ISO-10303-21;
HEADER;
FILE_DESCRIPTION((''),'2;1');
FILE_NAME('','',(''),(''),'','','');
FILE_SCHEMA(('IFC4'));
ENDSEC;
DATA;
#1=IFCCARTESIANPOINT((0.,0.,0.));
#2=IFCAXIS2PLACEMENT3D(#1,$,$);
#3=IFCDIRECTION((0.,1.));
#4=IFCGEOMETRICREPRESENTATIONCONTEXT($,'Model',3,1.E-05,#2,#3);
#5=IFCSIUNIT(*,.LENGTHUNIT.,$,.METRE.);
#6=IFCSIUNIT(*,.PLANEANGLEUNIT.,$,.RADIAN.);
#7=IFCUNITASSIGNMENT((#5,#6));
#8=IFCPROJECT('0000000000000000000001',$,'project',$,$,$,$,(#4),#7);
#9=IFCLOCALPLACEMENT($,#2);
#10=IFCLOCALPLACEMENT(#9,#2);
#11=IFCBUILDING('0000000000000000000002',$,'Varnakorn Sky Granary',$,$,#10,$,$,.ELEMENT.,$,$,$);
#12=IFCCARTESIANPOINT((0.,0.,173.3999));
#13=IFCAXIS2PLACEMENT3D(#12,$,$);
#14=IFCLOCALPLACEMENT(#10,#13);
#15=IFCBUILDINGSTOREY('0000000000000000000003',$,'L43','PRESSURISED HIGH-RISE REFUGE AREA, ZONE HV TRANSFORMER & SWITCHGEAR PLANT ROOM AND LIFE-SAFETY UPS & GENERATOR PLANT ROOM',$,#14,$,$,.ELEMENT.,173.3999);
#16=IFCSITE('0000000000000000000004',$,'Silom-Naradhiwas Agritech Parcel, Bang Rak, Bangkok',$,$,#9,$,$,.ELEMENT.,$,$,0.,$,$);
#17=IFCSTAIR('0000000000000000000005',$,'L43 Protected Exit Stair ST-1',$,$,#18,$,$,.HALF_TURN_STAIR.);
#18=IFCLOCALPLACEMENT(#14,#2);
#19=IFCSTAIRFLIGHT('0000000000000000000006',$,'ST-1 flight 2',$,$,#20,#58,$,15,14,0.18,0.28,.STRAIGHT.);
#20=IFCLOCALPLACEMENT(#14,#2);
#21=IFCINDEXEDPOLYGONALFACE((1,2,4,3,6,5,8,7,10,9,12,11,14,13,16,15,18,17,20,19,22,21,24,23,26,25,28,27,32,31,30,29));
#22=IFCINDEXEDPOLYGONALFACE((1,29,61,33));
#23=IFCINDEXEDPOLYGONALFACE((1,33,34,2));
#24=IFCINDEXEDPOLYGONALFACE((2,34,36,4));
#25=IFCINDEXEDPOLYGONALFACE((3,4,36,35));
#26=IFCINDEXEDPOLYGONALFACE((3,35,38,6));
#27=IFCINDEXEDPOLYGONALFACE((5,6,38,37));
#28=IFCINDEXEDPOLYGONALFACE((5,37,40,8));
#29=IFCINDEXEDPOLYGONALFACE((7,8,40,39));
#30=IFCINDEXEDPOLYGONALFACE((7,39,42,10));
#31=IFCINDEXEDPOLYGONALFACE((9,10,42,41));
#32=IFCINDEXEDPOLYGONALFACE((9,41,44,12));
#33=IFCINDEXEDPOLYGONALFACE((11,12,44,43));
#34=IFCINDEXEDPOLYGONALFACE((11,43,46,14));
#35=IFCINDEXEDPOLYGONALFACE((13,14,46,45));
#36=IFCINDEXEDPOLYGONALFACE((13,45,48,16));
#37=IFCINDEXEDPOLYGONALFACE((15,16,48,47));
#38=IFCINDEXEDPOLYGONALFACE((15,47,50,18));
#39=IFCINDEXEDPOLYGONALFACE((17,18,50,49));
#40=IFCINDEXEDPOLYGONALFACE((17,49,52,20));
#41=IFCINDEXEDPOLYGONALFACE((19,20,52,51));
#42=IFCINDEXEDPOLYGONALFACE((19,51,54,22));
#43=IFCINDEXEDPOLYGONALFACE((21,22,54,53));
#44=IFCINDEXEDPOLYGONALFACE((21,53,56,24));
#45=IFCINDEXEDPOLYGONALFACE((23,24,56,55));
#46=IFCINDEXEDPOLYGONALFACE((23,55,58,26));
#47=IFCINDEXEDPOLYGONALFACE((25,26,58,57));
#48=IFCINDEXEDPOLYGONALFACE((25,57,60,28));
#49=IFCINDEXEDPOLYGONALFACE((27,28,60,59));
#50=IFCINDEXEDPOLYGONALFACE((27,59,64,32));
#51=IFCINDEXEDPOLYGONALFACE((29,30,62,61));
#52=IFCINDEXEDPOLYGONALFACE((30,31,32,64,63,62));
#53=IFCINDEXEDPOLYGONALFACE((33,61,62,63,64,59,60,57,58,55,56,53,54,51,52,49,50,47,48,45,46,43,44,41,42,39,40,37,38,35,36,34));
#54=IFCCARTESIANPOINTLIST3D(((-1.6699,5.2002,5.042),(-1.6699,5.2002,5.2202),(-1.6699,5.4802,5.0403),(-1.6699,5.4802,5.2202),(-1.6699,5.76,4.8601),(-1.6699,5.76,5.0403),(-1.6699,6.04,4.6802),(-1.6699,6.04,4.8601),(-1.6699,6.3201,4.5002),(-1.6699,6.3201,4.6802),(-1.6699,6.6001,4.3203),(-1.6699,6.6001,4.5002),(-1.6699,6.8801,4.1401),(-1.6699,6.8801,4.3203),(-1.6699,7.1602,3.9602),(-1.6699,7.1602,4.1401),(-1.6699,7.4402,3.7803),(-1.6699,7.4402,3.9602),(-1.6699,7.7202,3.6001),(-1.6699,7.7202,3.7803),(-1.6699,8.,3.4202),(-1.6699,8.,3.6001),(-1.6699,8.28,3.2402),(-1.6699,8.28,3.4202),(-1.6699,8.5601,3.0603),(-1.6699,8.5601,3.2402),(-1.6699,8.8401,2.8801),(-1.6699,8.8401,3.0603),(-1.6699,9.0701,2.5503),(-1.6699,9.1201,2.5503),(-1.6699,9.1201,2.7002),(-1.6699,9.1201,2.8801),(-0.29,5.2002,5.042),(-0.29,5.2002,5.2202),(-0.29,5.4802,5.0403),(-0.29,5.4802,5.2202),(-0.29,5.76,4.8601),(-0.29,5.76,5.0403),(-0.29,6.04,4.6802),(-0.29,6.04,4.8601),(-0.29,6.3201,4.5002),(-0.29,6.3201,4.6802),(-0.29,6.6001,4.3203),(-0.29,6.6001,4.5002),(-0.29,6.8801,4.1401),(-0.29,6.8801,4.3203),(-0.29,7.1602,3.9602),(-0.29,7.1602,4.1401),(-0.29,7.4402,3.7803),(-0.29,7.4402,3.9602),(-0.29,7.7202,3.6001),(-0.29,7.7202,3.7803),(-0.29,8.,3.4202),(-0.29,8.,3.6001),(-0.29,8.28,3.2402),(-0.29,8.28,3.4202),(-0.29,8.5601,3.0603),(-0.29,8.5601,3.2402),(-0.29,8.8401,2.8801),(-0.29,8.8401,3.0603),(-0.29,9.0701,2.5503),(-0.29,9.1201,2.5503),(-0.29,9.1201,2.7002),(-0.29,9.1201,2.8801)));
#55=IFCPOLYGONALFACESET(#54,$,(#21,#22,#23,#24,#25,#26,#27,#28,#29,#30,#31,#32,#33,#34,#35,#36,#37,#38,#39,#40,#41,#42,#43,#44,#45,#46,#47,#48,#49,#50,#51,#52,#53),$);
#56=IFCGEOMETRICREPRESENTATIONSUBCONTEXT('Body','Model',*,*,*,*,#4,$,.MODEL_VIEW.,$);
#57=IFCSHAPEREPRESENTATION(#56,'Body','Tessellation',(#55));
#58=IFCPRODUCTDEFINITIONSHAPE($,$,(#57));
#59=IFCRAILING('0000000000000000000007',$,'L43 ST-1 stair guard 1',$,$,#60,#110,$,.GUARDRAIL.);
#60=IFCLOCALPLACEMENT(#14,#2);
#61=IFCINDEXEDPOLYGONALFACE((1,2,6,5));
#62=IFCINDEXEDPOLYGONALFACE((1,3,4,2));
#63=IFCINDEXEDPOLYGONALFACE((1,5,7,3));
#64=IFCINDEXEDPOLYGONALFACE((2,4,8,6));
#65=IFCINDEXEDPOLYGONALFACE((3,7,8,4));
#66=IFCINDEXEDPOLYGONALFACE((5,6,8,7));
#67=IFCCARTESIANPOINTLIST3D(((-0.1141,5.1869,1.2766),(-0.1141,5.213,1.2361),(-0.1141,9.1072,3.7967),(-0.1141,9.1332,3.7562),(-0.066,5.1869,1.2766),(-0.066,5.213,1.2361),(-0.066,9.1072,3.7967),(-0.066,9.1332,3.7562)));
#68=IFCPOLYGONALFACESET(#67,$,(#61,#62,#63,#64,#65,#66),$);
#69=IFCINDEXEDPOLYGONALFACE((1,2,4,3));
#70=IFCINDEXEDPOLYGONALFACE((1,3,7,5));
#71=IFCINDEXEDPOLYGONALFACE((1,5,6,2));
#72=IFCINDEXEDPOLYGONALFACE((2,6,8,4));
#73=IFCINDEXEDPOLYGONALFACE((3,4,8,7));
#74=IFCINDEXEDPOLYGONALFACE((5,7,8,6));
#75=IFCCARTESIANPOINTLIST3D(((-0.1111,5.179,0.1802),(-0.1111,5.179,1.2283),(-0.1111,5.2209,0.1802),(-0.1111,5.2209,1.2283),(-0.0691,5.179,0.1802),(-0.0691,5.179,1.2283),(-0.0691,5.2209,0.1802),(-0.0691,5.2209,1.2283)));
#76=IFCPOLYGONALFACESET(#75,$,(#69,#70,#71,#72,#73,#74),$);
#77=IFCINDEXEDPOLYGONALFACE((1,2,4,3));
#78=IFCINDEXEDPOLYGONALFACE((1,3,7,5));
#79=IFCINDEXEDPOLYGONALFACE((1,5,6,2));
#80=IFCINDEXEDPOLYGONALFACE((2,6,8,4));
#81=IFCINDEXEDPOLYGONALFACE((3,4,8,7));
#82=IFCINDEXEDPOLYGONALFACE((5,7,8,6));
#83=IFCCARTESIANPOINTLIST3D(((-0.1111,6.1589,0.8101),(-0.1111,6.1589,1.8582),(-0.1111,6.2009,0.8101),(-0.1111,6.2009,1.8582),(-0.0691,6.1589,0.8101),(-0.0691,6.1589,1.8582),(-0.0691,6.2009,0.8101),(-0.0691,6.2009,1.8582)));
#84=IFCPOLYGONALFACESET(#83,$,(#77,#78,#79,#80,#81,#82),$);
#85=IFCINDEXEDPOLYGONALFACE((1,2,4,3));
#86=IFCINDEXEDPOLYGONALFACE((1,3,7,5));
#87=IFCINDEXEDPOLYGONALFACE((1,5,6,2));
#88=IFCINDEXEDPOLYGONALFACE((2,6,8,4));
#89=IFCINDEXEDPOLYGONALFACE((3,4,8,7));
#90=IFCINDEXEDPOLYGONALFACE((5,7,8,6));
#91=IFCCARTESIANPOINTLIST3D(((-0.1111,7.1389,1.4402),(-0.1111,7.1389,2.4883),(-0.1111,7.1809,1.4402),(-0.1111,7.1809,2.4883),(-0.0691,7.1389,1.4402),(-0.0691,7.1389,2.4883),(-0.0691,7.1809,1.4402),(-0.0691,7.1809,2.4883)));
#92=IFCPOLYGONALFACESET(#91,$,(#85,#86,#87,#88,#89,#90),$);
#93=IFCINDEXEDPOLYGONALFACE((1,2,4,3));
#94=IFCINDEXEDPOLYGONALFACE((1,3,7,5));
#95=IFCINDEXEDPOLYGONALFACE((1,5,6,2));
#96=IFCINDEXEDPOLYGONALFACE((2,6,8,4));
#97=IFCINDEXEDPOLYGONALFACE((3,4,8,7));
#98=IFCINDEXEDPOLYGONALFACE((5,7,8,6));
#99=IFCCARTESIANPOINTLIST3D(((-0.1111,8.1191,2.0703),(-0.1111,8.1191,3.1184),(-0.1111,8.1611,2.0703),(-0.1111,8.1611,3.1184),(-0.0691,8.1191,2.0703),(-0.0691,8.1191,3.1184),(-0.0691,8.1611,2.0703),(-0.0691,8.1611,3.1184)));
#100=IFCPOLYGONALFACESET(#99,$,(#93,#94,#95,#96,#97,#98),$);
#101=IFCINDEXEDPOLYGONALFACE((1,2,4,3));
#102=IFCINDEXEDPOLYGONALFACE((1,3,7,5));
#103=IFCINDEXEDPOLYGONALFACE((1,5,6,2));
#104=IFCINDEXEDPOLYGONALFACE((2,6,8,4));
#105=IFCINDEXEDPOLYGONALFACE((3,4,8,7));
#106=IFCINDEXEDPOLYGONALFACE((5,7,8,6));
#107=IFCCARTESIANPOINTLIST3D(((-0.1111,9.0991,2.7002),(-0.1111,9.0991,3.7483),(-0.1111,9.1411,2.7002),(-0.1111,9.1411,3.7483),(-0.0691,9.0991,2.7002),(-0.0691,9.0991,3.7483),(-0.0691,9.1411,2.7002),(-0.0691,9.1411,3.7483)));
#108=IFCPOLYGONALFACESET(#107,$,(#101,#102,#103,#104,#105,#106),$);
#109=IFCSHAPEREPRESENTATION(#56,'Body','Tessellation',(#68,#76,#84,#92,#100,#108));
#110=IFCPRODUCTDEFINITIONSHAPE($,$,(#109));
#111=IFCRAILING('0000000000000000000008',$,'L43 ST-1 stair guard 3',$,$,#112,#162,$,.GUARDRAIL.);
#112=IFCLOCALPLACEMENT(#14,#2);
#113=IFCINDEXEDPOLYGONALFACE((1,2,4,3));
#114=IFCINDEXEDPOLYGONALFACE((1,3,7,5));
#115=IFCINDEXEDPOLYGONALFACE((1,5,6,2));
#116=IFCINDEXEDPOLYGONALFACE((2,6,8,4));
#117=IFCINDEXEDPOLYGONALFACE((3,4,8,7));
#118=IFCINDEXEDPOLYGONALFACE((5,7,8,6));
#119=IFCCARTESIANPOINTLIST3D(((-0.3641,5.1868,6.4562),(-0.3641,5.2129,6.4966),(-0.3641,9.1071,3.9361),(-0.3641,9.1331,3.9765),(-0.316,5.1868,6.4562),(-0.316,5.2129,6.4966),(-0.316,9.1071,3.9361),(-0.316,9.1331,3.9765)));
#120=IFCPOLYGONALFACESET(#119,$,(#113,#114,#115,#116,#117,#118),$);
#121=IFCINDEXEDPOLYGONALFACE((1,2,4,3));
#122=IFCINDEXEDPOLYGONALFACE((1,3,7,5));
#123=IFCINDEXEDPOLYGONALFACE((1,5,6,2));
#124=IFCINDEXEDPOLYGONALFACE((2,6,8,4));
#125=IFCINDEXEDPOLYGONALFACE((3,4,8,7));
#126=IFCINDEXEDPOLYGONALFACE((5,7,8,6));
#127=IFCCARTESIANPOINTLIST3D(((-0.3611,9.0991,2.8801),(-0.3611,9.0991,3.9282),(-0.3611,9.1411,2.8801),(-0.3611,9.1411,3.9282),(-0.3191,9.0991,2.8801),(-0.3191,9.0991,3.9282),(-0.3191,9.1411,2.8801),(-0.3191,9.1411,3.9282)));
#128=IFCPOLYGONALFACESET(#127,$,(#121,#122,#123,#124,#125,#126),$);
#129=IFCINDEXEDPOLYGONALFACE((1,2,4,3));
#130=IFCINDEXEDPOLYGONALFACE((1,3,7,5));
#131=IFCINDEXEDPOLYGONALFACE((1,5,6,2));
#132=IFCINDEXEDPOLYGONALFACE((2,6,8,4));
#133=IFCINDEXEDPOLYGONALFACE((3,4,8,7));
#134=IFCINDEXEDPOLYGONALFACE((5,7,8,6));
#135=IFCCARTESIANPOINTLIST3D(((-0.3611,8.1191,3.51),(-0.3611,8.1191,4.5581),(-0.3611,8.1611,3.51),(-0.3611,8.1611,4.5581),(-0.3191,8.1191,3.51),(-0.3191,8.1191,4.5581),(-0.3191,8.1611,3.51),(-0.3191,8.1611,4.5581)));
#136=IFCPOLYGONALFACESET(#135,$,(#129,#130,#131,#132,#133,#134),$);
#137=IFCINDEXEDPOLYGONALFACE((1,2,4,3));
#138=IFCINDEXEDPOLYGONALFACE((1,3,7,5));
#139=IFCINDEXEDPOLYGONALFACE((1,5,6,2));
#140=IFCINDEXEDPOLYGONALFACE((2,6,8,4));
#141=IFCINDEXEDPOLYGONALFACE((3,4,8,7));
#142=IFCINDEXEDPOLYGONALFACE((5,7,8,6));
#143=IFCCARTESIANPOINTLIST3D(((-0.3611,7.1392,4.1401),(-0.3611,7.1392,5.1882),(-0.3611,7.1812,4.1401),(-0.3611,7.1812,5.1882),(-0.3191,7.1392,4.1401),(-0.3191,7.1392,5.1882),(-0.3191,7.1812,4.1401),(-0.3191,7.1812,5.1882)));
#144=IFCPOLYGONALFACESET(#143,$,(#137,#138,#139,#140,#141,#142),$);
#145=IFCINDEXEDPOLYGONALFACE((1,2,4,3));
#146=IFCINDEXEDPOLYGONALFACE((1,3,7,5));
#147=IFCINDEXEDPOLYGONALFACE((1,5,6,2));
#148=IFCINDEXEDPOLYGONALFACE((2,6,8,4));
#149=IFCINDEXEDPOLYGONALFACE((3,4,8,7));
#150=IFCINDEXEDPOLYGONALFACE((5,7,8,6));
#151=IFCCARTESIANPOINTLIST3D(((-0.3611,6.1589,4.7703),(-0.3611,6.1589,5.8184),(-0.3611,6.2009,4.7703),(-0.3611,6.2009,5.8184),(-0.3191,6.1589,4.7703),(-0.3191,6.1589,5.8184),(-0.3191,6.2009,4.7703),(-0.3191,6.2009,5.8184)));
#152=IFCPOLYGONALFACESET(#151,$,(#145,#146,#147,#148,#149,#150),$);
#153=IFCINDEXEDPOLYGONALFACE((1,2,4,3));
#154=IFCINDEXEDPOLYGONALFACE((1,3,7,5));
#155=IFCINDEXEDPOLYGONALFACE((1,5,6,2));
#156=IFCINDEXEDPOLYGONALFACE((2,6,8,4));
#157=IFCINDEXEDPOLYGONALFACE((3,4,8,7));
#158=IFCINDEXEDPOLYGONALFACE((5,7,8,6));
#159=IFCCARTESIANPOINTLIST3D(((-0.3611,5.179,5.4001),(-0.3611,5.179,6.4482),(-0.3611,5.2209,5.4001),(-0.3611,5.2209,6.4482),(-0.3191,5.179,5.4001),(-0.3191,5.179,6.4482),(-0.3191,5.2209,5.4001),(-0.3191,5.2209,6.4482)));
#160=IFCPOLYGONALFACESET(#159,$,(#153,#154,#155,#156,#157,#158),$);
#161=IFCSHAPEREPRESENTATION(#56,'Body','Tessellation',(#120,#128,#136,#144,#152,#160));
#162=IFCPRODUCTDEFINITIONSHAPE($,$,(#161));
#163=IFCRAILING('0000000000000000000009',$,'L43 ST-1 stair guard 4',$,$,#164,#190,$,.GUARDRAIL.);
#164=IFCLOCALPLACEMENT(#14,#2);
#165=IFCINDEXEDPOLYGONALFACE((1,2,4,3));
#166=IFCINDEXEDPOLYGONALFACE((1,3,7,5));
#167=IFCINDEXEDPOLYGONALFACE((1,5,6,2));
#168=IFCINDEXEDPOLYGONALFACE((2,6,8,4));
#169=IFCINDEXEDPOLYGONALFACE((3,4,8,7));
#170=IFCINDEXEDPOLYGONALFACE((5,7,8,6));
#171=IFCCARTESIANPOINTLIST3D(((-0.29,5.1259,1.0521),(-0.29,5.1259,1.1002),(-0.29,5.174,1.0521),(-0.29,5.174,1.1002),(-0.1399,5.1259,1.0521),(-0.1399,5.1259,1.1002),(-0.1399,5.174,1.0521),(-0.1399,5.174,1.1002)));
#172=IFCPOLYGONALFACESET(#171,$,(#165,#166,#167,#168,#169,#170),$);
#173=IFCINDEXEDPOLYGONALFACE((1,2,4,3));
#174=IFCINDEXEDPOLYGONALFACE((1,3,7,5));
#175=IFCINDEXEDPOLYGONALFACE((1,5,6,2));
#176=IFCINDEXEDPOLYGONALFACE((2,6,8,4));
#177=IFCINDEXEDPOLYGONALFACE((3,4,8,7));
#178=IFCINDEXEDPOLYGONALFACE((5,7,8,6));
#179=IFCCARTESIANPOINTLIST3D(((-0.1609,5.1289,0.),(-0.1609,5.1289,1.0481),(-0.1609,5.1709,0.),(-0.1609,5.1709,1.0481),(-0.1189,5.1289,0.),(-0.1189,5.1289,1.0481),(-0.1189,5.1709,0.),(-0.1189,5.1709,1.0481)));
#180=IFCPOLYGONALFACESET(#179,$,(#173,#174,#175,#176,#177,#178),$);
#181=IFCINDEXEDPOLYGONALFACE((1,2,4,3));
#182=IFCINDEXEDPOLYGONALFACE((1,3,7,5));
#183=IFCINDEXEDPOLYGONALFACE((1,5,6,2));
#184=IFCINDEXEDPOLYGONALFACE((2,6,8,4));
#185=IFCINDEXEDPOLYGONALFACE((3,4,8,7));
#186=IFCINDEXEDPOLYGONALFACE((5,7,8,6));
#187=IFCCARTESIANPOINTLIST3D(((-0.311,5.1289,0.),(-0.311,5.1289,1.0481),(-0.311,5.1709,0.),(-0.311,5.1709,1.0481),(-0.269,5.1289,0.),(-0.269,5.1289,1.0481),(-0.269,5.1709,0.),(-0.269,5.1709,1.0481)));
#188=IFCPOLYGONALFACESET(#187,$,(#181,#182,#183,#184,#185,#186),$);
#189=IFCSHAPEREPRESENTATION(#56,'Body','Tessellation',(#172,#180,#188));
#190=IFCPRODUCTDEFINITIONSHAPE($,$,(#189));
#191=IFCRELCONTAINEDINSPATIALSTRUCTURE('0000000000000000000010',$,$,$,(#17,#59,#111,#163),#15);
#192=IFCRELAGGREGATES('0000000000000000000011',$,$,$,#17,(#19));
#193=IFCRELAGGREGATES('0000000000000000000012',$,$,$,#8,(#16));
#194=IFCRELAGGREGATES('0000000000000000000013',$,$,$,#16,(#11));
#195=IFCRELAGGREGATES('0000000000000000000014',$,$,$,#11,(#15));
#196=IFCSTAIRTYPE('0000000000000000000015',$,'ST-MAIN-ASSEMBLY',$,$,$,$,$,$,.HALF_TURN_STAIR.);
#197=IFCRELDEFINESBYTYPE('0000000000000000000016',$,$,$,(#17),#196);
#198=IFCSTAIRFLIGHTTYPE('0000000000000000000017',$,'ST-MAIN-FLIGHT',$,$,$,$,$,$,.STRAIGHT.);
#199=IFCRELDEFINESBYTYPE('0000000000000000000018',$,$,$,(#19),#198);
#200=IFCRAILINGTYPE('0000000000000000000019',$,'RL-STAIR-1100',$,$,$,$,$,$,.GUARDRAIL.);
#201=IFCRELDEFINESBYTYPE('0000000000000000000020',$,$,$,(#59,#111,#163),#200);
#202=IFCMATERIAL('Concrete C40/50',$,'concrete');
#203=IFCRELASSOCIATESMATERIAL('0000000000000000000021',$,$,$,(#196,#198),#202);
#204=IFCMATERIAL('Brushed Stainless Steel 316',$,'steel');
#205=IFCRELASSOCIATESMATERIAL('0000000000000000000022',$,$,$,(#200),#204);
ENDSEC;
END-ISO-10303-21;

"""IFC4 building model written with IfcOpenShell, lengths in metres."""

from ifc_helpers import new_model, si_unit, direction, frame, origin, origin_2d, place, context, subcontext, project, spatial, polyline, rectangle, outline, extrude, material, type_object, element, aggregate, save


model = new_model("IFC4")

# Units and contexts
model_context = context("Model", 3, precision=1e-05, world=origin(), true_north=direction((0.0, 1.0)))
body_context = subcontext(model_context, "Body", "Model", "MODEL_VIEW")
ifc_project = project(units=[si_unit("LENGTHUNIT", "METRE"), si_unit("PLANEANGLEUNIT", "RADIAN")], contexts=[model_context])

# Site, building, storey
site_placement = place(None, origin())
site = spatial("IfcSite", under=ifc_project, at=site_placement, Name="Silom-Naradhiwas Agritech Parcel, Bang Rak, Bangkok", CompositionType="ELEMENT", RefElevation=0.0)
building_placement = place(site_placement, origin())
building = spatial("IfcBuilding", under=site, at=building_placement, Name="Varnakorn Sky Granary", CompositionType="ELEMENT")
storey_placement = place(building_placement, frame((0.0, 0.0, 173.3999)))
storey = spatial("IfcBuildingStorey", under=building, at=storey_placement, Name="L43", Description="PRESSURISED HIGH-RISE REFUGE AREA, ZONE HV TRANSFORMER & SWITCHGEAR PLANT ROOM AND LIFE-SAFETY UPS & GENERATOR PLANT ROOM", CompositionType="ELEMENT", Elevation=173.3999)

# Stair, stair flight
ifc_material_1 = material(Name="Concrete C40/50", Category="concrete")
stair_type = type_object("IfcStairType", Name="ST-MAIN-ASSEMBLY", PredefinedType="HALF_TURN_STAIR", material=ifc_material_1)
stair_placement = place(storey_placement, origin())
stair = element("IfcStair", 1, at=stair_placement, inside=storey, type_object=stair_type, Name="L43 Protected Exit Stair ST-1", PredefinedType="HALF_TURN_STAIR")
stair_flight_type = type_object("IfcStairFlightType", Name="ST-MAIN-FLIGHT", PredefinedType="STRAIGHT", material=ifc_material_1)
stair_flight_1_placement = place(storey_placement, frame((-0.98, 9.1201, 2.7002), z_axis=(0.0, 0.0, 1.0), x_axis=(0.0, -1.0, 0.0)))
stair_flight_1 = element("IfcStairFlight", 2, at=stair_flight_1_placement, type_object=stair_flight_type, Name="ST-1 flight 2", NumberOfRisers=15, NumberOfTreads=14, PredefinedType="STRAIGHT", RiserHeight=0.18, TreadLength=0.28, context=body_context, shape_type="SweptSolid", body=[
    extrude(outline(polyline([(0.0, -0.1499), (0.0, 0.0), (0.0, 0.1799), (0.28, 0.1799), (0.28, 0.3601), (0.5601, 0.3601), (0.5601, 0.54), (0.8401, 0.54), (0.8401, 0.72), (1.1201, 0.72), (1.1201, 0.8999), (1.3999, 0.8999), (1.3999, 1.0801), (1.6799, 1.0801), (1.6799, 1.26), (1.96, 1.26), (1.96, 1.4399), (2.24, 1.4399), (2.24, 1.6201), (2.52, 1.6201), (2.52, 1.8), (2.8, 1.8), (2.8, 1.98), (3.0801, 1.98), (3.0801, 2.1599), (3.3601, 2.1599), (3.3601, 2.3401), (3.6399, 2.3401), (3.6399, 2.52), (3.9199, 2.52), (3.9199, 2.7), (3.9199, 2.3418), (0.05, -0.1499), (0.0, -0.1499)])), frame((0.0, 0.6899, 0.0), z_axis=(0.0, -1.0, 0.0), x_axis=(1.0, 0.0, 0.0)), (0.0, 0.0, 1.0), 1.3799),
])
aggregate(stair, [stair_flight_1])

# Railings
ifc_material_2 = material(Name="Brushed Stainless Steel 316", Category="steel")
railing_type_1 = type_object("IfcRailingType", Name="RL-STAIR-1100", PredefinedType="GUARDRAIL", material=ifc_material_2)
railing_1_placement = place(storey_placement, frame((-0.0901, 5.2, 0.1802)))
element("IfcRailing", 3, at=railing_1_placement, inside=storey, type_object=railing_type_1, Name="L43 ST-1 stair guard 1", PredefinedType="GUARDRAIL", context=body_context, shape_type="SweptSolid", body=[
    extrude(rectangle(XDim=0.0481, YDim=0.0481, at=origin_2d()), frame((0.0, 0.0, 1.0762), z_axis=(0.0, 0.841187, 0.540744), x_axis=(-1.0, 0.0, 0.0)), (0.0, 0.0, 1.0), 4.6604),
    extrude(rectangle(XDim=0.042, YDim=0.042, at=origin_2d()), origin(), (0.0, 0.0, 1.0), 1.0481),
    extrude(rectangle(XDim=0.042, YDim=0.042, at=origin_2d()), frame((0.0, 0.98, 0.6299)), (0.0, 0.0, 1.0), 1.0481),
    extrude(rectangle(XDim=0.042, YDim=0.042, at=origin_2d()), frame((0.0, 1.96, 1.26)), (0.0, 0.0, 1.0), 1.0481),
    extrude(rectangle(XDim=0.042, YDim=0.042, at=origin_2d()), frame((0.0, 2.9402, 1.8901)), (0.0, 0.0, 1.0), 1.0481),
    extrude(rectangle(XDim=0.042, YDim=0.042, at=origin_2d()), frame((0.0, 3.9202, 2.52)), (0.0, 0.0, 1.0), 1.0481),
])
railing_2_placement = place(storey_placement, frame((-0.3401, 9.1201, 2.8801)))
element("IfcRailing", 4, at=railing_2_placement, inside=storey, type_object=railing_type_1, Name="L43 ST-1 stair guard 3", PredefinedType="GUARDRAIL", context=body_context, shape_type="SweptSolid", body=[
    extrude(rectangle(XDim=0.0481, YDim=0.0481, at=origin_2d()), frame((0.0, 0.0, 1.0762), z_axis=(0.0, -0.841187, 0.540744), x_axis=(1.0, 0.0, 0.0)), (0.0, 0.0, 1.0), 4.6604),
    extrude(rectangle(XDim=0.042, YDim=0.042, at=origin_2d()), origin(), (0.0, 0.0, 1.0), 1.0481),
    extrude(rectangle(XDim=0.042, YDim=0.042, at=origin_2d()), frame((0.0, -0.98, 0.6299)), (0.0, 0.0, 1.0), 1.0481),
    extrude(rectangle(XDim=0.042, YDim=0.042, at=origin_2d()), frame((0.0, -1.96, 1.26)), (0.0, 0.0, 1.0), 1.0481),
    extrude(rectangle(XDim=0.042, YDim=0.042, at=origin_2d()), frame((0.0, -2.9402, 1.8901)), (0.0, 0.0, 1.0), 1.0481),
    extrude(rectangle(XDim=0.042, YDim=0.042, at=origin_2d()), frame((0.0, -3.9202, 2.52)), (0.0, 0.0, 1.0), 1.0481),
])
railing_3_placement = place(storey_placement, frame((-0.1399, 5.1499, 0.0)))
element("IfcRailing", 5, at=railing_3_placement, inside=storey, type_object=railing_type_1, Name="L43 ST-1 stair guard 4", PredefinedType="GUARDRAIL", context=body_context, shape_type="SweptSolid", body=[
    extrude(rectangle(XDim=0.0481, YDim=0.0481, at=origin_2d()), frame((0.0, 0.0, 1.0762), z_axis=(-1.0, 0.0, 0.0), x_axis=(0.0, -1.0, 0.0)), (0.0, 0.0, 1.0), 0.1501),
    extrude(rectangle(XDim=0.042, YDim=0.042, at=origin_2d()), origin(), (0.0, 0.0, 1.0), 1.0481),
    extrude(rectangle(XDim=0.042, YDim=0.042, at=origin_2d()), frame((-0.1501, 0.0, 0.0)), (0.0, 0.0, 1.0), 1.0481),
])

save(model, "model.ifc")
